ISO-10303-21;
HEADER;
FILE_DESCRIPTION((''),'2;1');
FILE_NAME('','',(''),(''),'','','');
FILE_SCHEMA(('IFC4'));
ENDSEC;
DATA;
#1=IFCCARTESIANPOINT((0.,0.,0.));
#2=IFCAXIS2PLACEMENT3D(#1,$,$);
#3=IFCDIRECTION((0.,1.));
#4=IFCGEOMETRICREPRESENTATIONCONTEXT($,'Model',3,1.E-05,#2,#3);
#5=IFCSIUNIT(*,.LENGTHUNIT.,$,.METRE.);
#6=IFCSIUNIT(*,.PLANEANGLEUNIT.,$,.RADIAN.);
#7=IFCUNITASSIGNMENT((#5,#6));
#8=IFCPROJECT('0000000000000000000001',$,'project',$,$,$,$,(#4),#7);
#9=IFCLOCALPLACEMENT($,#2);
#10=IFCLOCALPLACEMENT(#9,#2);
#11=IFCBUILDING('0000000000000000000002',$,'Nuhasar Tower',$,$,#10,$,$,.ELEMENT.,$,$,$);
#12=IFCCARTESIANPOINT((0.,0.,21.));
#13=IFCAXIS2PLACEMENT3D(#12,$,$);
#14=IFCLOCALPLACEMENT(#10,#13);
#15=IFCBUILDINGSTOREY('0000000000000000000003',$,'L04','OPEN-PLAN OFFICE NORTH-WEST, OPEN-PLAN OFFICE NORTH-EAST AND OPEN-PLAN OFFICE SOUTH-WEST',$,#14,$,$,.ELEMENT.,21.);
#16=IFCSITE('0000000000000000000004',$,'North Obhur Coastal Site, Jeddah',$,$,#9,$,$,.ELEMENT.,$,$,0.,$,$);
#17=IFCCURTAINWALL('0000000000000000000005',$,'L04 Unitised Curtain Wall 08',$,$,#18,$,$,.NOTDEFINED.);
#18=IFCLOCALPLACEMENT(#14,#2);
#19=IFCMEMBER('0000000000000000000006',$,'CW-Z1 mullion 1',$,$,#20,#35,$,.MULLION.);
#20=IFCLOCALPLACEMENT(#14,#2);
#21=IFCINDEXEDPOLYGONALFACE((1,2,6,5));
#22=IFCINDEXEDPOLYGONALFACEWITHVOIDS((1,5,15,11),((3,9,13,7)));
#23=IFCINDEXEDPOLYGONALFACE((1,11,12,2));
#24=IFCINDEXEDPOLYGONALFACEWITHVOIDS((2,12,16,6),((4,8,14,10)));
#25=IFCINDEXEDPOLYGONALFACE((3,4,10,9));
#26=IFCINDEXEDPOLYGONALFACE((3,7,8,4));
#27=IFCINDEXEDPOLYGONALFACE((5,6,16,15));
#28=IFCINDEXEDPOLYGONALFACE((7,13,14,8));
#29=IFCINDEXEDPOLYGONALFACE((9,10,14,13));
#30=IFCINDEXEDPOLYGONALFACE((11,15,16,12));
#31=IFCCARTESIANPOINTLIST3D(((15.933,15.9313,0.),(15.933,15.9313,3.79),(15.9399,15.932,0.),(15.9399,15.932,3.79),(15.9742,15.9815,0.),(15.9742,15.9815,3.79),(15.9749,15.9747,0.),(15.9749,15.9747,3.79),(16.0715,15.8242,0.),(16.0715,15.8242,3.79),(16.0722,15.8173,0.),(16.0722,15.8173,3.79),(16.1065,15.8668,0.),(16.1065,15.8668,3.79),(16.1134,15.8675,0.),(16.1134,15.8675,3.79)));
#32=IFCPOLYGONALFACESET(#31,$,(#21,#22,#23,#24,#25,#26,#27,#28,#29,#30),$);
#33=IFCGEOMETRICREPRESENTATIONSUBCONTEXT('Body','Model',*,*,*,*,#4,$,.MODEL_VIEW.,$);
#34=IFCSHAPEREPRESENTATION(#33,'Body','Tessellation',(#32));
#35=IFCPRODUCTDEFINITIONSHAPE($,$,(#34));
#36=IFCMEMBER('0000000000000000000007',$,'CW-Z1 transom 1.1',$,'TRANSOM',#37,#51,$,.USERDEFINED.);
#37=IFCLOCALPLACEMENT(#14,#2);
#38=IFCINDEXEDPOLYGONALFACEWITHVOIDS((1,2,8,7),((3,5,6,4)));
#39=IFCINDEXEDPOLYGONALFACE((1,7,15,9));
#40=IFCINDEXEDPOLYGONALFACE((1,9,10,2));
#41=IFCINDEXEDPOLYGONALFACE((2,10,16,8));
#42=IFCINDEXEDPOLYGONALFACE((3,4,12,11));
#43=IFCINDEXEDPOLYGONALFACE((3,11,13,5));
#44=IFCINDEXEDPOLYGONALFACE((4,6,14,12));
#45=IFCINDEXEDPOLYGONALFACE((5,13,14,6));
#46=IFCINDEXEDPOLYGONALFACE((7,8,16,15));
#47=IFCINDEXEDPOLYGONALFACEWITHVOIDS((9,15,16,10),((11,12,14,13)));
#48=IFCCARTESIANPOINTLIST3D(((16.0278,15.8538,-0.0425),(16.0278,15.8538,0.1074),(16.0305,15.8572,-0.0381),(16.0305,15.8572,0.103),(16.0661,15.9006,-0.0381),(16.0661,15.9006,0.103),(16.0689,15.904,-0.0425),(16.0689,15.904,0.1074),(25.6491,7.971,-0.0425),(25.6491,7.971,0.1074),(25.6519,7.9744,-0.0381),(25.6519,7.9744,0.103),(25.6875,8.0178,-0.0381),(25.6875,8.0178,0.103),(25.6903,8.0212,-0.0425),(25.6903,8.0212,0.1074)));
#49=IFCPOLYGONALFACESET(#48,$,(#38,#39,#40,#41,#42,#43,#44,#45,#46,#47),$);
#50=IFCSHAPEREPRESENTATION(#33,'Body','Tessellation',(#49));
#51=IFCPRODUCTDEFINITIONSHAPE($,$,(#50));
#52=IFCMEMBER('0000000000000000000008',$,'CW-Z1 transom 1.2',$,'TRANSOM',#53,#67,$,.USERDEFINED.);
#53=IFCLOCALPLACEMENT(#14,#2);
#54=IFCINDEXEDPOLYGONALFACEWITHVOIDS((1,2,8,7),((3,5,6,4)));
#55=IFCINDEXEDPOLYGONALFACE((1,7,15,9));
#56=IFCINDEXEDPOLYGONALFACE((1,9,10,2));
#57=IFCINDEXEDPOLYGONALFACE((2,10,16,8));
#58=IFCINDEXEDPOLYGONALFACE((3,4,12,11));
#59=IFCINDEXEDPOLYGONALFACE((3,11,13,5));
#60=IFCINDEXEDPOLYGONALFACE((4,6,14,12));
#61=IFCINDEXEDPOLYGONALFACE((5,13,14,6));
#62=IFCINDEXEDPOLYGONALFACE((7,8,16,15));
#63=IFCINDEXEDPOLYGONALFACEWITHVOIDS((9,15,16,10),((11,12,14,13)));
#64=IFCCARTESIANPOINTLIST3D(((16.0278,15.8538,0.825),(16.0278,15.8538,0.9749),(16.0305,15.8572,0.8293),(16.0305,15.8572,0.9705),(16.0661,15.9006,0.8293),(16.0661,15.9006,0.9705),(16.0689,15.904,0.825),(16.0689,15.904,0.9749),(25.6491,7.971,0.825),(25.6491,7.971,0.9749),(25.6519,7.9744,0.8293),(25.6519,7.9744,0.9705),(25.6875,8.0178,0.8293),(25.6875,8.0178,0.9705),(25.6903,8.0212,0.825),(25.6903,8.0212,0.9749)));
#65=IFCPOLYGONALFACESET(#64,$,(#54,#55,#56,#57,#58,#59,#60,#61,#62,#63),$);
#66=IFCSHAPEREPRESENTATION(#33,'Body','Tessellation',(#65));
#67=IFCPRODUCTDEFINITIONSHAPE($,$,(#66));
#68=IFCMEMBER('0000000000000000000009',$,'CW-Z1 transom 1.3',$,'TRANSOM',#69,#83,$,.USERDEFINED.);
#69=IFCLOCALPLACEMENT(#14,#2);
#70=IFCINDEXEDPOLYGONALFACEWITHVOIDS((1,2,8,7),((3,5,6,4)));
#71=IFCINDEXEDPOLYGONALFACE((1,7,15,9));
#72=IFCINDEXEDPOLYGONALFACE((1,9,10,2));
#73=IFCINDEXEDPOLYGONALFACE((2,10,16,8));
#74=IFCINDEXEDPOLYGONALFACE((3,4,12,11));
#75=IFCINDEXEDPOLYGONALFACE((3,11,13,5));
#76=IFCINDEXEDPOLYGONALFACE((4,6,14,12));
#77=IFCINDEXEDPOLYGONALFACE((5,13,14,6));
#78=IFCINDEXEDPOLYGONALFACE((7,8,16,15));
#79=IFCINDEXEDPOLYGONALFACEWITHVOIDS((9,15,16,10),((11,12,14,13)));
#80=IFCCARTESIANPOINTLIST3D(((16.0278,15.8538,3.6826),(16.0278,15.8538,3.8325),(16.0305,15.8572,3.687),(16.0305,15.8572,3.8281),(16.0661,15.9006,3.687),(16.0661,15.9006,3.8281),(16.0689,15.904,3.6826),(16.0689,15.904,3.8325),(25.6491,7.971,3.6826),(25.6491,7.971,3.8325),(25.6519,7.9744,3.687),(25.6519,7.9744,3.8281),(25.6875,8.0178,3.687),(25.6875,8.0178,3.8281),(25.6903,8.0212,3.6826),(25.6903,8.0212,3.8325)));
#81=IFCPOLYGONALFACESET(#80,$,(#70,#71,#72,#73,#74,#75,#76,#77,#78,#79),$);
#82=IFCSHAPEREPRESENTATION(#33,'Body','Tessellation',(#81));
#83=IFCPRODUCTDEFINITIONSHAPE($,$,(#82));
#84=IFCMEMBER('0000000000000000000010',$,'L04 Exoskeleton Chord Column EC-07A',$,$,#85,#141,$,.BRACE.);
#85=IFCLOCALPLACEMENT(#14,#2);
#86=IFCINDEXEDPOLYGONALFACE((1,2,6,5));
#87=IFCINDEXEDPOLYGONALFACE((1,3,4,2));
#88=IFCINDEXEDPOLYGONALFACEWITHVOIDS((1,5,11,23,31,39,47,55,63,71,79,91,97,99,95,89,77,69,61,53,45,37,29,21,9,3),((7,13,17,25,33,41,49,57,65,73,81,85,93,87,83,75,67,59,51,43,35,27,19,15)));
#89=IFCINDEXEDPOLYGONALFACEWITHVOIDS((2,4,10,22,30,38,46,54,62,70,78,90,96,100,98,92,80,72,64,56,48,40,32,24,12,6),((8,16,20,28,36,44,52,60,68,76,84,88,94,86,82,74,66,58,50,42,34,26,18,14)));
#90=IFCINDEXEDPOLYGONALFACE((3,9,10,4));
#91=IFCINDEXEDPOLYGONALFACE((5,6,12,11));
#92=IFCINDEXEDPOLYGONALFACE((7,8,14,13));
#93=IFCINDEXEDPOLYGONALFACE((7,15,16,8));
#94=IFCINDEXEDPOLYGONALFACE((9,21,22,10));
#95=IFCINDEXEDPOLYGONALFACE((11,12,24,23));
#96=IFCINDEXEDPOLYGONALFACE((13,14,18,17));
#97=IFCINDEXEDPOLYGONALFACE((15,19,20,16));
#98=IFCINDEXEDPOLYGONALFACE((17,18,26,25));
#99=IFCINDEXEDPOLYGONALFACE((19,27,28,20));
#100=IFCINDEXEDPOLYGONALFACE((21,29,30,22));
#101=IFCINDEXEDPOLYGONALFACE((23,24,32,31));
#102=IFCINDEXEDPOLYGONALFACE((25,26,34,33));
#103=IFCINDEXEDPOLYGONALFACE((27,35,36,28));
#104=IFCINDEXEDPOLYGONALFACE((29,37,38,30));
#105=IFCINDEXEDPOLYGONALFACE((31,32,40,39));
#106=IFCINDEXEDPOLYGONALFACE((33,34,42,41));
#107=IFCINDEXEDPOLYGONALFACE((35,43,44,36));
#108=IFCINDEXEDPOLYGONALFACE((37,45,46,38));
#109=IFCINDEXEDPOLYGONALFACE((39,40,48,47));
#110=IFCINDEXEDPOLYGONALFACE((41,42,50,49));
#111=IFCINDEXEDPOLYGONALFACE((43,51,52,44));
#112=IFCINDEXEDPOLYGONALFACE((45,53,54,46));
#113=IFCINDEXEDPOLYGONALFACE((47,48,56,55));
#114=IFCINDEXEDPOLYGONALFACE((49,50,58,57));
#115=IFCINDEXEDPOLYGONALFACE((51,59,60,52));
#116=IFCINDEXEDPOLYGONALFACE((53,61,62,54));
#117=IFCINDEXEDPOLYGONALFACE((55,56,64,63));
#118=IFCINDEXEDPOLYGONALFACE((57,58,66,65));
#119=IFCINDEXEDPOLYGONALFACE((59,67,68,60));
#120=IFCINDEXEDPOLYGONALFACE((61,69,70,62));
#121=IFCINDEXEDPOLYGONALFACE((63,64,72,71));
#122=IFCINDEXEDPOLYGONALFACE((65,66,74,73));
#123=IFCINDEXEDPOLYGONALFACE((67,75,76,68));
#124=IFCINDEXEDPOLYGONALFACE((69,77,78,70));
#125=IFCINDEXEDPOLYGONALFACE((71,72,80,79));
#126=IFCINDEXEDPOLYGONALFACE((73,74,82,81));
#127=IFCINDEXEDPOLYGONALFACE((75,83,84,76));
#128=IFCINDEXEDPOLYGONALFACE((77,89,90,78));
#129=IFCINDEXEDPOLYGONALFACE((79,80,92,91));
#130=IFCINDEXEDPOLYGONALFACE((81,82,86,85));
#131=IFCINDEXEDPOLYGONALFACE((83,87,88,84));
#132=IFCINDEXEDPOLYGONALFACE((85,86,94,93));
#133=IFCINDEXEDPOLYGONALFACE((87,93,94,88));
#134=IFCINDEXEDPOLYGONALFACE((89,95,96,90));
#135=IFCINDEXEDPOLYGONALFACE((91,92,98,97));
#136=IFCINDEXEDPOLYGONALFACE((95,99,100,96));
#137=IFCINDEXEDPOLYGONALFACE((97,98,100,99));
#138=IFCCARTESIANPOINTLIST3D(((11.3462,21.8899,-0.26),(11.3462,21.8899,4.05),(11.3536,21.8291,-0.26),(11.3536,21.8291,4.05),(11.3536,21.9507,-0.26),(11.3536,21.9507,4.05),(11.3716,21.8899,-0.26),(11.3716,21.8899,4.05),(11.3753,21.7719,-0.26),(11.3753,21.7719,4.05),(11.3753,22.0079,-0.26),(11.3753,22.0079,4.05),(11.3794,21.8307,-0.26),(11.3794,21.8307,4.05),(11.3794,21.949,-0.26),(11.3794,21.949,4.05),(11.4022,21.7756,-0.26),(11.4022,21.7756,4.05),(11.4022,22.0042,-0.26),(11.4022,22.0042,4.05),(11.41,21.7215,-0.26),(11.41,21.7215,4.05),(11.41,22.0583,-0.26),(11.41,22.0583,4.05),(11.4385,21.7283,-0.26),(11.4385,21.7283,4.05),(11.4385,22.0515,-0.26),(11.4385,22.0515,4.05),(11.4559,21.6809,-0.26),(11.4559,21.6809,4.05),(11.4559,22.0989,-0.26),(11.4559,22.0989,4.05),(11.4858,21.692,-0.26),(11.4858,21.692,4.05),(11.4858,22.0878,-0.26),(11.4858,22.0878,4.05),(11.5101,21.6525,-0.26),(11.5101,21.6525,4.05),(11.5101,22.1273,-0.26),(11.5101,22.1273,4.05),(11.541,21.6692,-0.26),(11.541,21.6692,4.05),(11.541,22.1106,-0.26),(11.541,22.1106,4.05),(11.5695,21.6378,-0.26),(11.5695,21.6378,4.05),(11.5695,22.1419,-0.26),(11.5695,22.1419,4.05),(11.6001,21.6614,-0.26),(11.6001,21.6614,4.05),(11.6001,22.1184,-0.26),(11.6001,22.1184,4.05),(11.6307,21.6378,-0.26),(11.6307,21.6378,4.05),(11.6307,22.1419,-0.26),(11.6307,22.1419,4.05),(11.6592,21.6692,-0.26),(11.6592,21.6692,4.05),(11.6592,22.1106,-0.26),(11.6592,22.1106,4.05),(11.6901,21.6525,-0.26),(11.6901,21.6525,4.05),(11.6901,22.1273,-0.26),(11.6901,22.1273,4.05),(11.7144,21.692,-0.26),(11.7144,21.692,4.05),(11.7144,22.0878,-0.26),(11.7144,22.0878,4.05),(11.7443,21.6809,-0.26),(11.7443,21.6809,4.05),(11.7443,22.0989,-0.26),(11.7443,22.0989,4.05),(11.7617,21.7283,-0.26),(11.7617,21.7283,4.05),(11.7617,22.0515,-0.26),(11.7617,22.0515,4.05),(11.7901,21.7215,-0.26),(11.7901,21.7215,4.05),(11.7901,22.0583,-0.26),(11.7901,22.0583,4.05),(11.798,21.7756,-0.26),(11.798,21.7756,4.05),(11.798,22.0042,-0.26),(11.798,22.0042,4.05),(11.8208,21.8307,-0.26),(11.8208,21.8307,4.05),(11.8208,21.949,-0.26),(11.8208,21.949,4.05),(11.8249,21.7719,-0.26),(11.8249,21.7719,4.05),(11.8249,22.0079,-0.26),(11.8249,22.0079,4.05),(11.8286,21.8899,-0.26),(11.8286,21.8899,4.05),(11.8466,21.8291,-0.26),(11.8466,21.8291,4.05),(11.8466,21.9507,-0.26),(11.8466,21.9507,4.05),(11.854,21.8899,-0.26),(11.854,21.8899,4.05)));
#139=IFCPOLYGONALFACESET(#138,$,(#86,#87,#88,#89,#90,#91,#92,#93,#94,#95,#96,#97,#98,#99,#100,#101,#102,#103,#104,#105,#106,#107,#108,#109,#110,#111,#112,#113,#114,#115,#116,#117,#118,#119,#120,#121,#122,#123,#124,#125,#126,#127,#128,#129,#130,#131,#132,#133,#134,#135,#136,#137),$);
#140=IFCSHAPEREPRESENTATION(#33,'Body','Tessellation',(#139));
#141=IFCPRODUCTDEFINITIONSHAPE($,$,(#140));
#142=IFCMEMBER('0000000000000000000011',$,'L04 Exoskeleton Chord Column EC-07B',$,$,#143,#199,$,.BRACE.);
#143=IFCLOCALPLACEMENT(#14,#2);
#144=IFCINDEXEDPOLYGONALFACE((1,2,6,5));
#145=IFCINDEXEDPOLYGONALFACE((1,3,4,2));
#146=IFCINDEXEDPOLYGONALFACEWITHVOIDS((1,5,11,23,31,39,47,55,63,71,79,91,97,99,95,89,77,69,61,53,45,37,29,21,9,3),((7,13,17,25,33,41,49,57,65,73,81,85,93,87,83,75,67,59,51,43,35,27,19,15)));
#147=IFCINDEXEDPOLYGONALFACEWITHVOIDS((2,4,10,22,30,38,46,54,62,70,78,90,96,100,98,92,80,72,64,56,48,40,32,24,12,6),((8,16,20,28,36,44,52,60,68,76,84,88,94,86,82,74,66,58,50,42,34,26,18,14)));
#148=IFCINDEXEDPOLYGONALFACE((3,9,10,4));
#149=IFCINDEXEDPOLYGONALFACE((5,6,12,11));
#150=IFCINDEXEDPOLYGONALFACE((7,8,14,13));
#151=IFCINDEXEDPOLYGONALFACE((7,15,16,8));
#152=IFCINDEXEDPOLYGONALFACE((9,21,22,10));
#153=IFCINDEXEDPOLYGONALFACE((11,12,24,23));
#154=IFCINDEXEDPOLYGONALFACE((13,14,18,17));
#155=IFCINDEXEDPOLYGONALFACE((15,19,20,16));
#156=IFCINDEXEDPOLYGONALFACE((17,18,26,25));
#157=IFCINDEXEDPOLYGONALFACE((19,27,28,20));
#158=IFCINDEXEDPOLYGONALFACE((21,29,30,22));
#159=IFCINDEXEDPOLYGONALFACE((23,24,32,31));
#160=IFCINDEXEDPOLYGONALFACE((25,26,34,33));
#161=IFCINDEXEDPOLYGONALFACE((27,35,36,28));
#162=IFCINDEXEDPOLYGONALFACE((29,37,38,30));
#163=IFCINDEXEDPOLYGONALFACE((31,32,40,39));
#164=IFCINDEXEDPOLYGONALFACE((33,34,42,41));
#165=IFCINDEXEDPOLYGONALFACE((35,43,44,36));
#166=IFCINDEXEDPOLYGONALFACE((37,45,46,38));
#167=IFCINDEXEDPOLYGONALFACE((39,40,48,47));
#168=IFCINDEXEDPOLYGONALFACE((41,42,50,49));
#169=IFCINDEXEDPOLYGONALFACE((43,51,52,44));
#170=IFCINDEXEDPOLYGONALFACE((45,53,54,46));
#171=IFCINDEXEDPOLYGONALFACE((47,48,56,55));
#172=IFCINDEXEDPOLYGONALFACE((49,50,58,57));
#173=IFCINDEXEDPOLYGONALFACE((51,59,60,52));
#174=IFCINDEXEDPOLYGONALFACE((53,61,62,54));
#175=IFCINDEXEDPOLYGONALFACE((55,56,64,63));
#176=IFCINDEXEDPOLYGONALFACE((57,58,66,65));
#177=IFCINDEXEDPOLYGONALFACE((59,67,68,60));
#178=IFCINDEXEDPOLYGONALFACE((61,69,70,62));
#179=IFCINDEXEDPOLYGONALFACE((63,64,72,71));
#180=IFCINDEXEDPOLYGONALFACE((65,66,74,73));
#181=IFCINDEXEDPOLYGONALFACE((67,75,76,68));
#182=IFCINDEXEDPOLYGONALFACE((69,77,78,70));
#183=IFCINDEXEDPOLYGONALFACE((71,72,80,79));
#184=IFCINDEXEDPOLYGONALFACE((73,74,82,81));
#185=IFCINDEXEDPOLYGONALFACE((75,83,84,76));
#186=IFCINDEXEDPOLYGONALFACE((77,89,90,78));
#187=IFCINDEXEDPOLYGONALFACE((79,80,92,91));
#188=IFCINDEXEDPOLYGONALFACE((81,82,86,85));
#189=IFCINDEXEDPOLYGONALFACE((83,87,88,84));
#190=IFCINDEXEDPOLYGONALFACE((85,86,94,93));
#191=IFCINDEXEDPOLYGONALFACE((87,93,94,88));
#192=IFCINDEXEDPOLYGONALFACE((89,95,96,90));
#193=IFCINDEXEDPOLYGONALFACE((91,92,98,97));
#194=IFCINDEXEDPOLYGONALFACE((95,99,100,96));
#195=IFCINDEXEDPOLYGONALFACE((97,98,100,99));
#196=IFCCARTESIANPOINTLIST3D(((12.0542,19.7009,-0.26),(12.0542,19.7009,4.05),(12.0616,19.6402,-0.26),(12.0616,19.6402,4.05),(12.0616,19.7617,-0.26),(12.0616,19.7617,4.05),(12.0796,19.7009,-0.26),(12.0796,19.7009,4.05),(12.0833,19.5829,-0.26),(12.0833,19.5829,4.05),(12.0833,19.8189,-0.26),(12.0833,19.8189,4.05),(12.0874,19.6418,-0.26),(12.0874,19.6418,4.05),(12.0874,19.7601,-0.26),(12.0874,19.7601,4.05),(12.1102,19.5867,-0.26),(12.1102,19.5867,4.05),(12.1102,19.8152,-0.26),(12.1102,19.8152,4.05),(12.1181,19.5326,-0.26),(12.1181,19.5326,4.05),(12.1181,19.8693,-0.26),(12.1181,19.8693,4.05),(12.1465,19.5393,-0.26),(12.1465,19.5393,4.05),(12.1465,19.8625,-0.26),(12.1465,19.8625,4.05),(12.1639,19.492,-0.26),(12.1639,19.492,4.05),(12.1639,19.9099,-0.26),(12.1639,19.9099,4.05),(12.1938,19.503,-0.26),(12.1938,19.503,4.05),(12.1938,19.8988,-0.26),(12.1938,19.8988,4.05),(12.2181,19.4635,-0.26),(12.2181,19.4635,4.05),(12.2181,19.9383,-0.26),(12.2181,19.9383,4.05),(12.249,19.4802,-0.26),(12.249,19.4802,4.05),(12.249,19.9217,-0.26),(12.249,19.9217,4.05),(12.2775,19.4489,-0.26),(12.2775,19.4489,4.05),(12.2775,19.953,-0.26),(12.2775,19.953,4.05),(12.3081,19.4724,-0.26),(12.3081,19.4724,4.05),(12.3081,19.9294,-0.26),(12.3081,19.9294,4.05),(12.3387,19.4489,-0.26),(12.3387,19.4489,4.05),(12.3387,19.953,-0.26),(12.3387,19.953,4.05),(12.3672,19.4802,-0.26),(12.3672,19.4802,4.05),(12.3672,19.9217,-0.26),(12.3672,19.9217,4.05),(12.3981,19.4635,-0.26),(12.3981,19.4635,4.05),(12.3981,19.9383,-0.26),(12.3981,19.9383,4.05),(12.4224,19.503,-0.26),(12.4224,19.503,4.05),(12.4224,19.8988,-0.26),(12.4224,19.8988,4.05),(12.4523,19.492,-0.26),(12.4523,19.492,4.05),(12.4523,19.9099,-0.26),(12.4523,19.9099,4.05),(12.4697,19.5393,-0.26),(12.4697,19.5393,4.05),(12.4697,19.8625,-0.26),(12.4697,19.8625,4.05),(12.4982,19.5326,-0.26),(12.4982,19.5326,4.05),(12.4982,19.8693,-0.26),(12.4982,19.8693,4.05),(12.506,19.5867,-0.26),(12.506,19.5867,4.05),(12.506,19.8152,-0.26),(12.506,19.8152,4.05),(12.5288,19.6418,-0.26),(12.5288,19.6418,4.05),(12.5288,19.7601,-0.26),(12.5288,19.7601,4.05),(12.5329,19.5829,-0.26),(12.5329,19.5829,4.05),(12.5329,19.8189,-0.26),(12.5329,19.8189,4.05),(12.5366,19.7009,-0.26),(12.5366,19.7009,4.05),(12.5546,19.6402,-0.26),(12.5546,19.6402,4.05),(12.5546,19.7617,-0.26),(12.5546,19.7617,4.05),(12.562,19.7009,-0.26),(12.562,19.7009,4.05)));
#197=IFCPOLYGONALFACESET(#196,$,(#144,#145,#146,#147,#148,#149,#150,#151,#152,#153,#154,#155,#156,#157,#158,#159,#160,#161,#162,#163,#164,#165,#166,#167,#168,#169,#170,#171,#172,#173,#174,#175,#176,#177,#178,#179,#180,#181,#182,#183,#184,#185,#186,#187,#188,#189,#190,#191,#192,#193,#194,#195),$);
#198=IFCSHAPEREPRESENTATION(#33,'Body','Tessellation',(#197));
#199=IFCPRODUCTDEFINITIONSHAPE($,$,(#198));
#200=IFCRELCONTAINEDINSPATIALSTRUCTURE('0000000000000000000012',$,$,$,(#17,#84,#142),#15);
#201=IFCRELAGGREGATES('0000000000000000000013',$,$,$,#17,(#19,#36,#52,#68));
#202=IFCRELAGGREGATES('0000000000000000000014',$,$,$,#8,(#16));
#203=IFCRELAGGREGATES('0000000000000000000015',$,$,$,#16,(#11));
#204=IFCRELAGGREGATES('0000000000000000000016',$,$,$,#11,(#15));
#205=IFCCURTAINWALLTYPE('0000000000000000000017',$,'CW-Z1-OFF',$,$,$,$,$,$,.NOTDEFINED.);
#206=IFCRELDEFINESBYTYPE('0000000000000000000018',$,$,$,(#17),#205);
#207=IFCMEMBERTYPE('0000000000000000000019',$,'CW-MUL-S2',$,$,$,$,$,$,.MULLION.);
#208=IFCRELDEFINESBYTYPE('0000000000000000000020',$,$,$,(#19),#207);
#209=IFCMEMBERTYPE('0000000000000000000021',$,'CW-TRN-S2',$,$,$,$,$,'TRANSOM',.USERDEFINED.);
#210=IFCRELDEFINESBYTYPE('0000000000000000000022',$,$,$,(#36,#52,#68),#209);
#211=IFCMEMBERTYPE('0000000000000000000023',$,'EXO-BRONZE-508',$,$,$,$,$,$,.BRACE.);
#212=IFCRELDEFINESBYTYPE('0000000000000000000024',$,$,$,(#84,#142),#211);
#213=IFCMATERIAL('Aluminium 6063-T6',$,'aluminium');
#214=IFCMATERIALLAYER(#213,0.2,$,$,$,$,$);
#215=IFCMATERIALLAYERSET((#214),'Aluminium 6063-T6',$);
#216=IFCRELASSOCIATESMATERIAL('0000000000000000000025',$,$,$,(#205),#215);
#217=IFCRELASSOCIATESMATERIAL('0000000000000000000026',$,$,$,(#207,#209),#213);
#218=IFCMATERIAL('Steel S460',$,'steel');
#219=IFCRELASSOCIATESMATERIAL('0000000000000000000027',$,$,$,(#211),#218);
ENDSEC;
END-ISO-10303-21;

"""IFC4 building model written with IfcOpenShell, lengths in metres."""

from ifc_helpers import new_model, si_unit, direction, frame, origin, origin_2d, place, context, subcontext, project, spatial, hollow_rectangle, hollow_circle, extrude, material, layer, layer_set, material_profile, profile_set, type_object, element, aggregate, save


model = new_model("IFC4")

# Units and contexts
model_context = context("Model", 3, precision=1e-05, world=origin(), true_north=direction((0.0, 1.0)))
body_context = subcontext(model_context, "Body", "Model", "MODEL_VIEW")
ifc_project = project(units=[si_unit("LENGTHUNIT", "METRE"), si_unit("PLANEANGLEUNIT", "RADIAN")], contexts=[model_context])

# Site, building, storey
site_placement = place(None, origin())
site = spatial("IfcSite", under=ifc_project, at=site_placement, Name="North Obhur Coastal Site, Jeddah", CompositionType="ELEMENT", RefElevation=0.0)
building_placement = place(site_placement, origin())
building = spatial("IfcBuilding", under=site, at=building_placement, Name="Nuhasar Tower", CompositionType="ELEMENT")
storey_placement = place(building_placement, frame((0.0, 0.0, 21.0)))
storey = spatial("IfcBuildingStorey", under=building, at=storey_placement, Name="L04", Description="OPEN-PLAN OFFICE NORTH-WEST, OPEN-PLAN OFFICE NORTH-EAST AND OPEN-PLAN OFFICE SOUTH-WEST", CompositionType="ELEMENT", Elevation=21.0)

# Shared definitions
ifc_material_1 = material(Name="Steel S460", Category="steel")

# Shared definitions
ifc_material_2 = material(Name="Aluminium 6063-T6", Category="aluminium")
ifc_layer_1 = layer(ifc_material_2, 0.2)
ifc_layer_set_1 = layer_set([ifc_layer_1], Name="Aluminium 6063-T6")
curtain_wall_type = type_object("IfcCurtainWallType", Name="CW-Z1-OFF", PredefinedType="NOTDEFINED", material=ifc_layer_set_1)
ifc_material_profile_1 = material_profile(ifc_material_2, hollow_rectangle(XDim=0.0649, YDim=0.1799, WallThickness=0.0049, at=origin_2d()), Name="CWM-2")
ifc_profile_set_1 = profile_set([ifc_material_profile_1], Name="Aluminium 6063-T6")
member_type_1 = type_object("IfcMemberType", Name="CW-MUL-S2", PredefinedType="MULLION", material=ifc_profile_set_1)

# Curtain wall, members
curtain_wall_1_placement = place(storey_placement, origin())
curtain_wall_1 = element("IfcCurtainWall", 1, at=curtain_wall_1_placement, inside=storey, type_object=curtain_wall_type, Name="L04 Unitised Curtain Wall 08", PredefinedType="NOTDEFINED")
member_1_placement = place(storey_placement, frame((16.0232, 15.8994, 0.0), z_axis=(0.0, 0.0, 1.0), x_axis=(0.633745, 0.773542, 0.0)))
member_1 = element("IfcMember", 2, at=member_1_placement, type_object=member_type_1, Name="CW-Z1 mullion 1", PredefinedType="MULLION", context=body_context, shape_type="SweptSolid", body=[
    extrude(hollow_rectangle(XDim=0.0649, YDim=0.1799, WallThickness=0.0049, at=origin_2d()), origin(), (0.0, 0.0, 1.0), 3.79),
])
ifc_material_profile_2 = material_profile(ifc_material_2, hollow_rectangle(XDim=0.0649, YDim=0.1499, WallThickness=0.0044, at=origin_2d()), Name="CWT-2")
ifc_profile_set_2 = profile_set([ifc_material_profile_2], Name="Aluminium 6063-T6")
member_type_2 = type_object("IfcMemberType", Name="CW-TRN-S2", ElementType="TRANSOM", PredefinedType="USERDEFINED", material=ifc_profile_set_2)
member_2_placement = place(storey_placement, frame((16.0483, 15.8789, 0.0325), z_axis=(0.773531, -0.633758, 0.0), x_axis=(0.633758, 0.773531, 0.0)))
member_2 = element("IfcMember", 3, at=member_2_placement, type_object=member_type_2, Name="CW-Z1 transom 1.1", ObjectType="TRANSOM", PredefinedType="USERDEFINED", context=body_context, shape_type="SweptSolid", body=[
    extrude(hollow_rectangle(XDim=0.0649, YDim=0.1499, WallThickness=0.0044, at=origin_2d()), origin(), (0.0, 0.0, 1.0), 12.4382),
])
member_3_placement = place(storey_placement, frame((16.0483, 15.8789, 0.8999), z_axis=(0.773531, -0.633758, 0.0), x_axis=(0.633758, 0.773531, 0.0)))
member_3 = element("IfcMember", 4, at=member_3_placement, type_object=member_type_2, Name="CW-Z1 transom 1.2", ObjectType="TRANSOM", PredefinedType="USERDEFINED", context=body_context, shape_type="SweptSolid", body=[
    extrude(hollow_rectangle(XDim=0.0649, YDim=0.1499, WallThickness=0.0044, at=origin_2d()), origin(), (0.0, 0.0, 1.0), 12.4382),
])
member_4_placement = place(storey_placement, frame((16.0483, 15.8789, 3.7576), z_axis=(0.773531, -0.633758, 0.0), x_axis=(0.633758, 0.773531, 0.0)))
member_4 = element("IfcMember", 5, at=member_4_placement, type_object=member_type_2, Name="CW-Z1 transom 1.3", ObjectType="TRANSOM", PredefinedType="USERDEFINED", context=body_context, shape_type="SweptSolid", body=[
    extrude(hollow_rectangle(XDim=0.0649, YDim=0.1499, WallThickness=0.0044, at=origin_2d()), origin(), (0.0, 0.0, 1.0), 12.4382),
])
aggregate(curtain_wall_1, [member_1, member_2, member_3, member_4])

# Members
ifc_material_profile_3 = material_profile(ifc_material_1, hollow_circle(Radius=0.2539, WallThickness=0.0254, at=origin_2d()), Name="HSS508X25.4")
ifc_profile_set_3 = profile_set([ifc_material_profile_3], Name="Steel S460")
member_type_3 = type_object("IfcMemberType", Name="EXO-BRONZE-508", PredefinedType="BRACE", material=ifc_profile_set_3)
for number, where, z_axis, x_axis, name in (
    (6, (11.6001, 21.8899, -0.26), (0.0, 0.0, 1.0), (1.0, 0.0, 0.0), "L04 Exoskeleton Chord Column EC-07A"),
    (7, (12.3081, 19.7009, -0.26), (0.0, 0.0, 1.0), (1.0, 0.0, 0.0), "L04 Exoskeleton Chord Column EC-07B"),
):
    element("IfcMember", number, at=place(storey_placement, frame(where, z_axis=z_axis, x_axis=x_axis)), inside=storey, type_object=member_type_3, Name=name, PredefinedType="BRACE", context=body_context, shape_type="SweptSolid", body=[
        extrude(hollow_circle(Radius=0.2539, WallThickness=0.0254, at=origin_2d()), origin(), (0.0, 0.0, 1.0), 4.3101),
    ])

save(model, "model.ifc")
